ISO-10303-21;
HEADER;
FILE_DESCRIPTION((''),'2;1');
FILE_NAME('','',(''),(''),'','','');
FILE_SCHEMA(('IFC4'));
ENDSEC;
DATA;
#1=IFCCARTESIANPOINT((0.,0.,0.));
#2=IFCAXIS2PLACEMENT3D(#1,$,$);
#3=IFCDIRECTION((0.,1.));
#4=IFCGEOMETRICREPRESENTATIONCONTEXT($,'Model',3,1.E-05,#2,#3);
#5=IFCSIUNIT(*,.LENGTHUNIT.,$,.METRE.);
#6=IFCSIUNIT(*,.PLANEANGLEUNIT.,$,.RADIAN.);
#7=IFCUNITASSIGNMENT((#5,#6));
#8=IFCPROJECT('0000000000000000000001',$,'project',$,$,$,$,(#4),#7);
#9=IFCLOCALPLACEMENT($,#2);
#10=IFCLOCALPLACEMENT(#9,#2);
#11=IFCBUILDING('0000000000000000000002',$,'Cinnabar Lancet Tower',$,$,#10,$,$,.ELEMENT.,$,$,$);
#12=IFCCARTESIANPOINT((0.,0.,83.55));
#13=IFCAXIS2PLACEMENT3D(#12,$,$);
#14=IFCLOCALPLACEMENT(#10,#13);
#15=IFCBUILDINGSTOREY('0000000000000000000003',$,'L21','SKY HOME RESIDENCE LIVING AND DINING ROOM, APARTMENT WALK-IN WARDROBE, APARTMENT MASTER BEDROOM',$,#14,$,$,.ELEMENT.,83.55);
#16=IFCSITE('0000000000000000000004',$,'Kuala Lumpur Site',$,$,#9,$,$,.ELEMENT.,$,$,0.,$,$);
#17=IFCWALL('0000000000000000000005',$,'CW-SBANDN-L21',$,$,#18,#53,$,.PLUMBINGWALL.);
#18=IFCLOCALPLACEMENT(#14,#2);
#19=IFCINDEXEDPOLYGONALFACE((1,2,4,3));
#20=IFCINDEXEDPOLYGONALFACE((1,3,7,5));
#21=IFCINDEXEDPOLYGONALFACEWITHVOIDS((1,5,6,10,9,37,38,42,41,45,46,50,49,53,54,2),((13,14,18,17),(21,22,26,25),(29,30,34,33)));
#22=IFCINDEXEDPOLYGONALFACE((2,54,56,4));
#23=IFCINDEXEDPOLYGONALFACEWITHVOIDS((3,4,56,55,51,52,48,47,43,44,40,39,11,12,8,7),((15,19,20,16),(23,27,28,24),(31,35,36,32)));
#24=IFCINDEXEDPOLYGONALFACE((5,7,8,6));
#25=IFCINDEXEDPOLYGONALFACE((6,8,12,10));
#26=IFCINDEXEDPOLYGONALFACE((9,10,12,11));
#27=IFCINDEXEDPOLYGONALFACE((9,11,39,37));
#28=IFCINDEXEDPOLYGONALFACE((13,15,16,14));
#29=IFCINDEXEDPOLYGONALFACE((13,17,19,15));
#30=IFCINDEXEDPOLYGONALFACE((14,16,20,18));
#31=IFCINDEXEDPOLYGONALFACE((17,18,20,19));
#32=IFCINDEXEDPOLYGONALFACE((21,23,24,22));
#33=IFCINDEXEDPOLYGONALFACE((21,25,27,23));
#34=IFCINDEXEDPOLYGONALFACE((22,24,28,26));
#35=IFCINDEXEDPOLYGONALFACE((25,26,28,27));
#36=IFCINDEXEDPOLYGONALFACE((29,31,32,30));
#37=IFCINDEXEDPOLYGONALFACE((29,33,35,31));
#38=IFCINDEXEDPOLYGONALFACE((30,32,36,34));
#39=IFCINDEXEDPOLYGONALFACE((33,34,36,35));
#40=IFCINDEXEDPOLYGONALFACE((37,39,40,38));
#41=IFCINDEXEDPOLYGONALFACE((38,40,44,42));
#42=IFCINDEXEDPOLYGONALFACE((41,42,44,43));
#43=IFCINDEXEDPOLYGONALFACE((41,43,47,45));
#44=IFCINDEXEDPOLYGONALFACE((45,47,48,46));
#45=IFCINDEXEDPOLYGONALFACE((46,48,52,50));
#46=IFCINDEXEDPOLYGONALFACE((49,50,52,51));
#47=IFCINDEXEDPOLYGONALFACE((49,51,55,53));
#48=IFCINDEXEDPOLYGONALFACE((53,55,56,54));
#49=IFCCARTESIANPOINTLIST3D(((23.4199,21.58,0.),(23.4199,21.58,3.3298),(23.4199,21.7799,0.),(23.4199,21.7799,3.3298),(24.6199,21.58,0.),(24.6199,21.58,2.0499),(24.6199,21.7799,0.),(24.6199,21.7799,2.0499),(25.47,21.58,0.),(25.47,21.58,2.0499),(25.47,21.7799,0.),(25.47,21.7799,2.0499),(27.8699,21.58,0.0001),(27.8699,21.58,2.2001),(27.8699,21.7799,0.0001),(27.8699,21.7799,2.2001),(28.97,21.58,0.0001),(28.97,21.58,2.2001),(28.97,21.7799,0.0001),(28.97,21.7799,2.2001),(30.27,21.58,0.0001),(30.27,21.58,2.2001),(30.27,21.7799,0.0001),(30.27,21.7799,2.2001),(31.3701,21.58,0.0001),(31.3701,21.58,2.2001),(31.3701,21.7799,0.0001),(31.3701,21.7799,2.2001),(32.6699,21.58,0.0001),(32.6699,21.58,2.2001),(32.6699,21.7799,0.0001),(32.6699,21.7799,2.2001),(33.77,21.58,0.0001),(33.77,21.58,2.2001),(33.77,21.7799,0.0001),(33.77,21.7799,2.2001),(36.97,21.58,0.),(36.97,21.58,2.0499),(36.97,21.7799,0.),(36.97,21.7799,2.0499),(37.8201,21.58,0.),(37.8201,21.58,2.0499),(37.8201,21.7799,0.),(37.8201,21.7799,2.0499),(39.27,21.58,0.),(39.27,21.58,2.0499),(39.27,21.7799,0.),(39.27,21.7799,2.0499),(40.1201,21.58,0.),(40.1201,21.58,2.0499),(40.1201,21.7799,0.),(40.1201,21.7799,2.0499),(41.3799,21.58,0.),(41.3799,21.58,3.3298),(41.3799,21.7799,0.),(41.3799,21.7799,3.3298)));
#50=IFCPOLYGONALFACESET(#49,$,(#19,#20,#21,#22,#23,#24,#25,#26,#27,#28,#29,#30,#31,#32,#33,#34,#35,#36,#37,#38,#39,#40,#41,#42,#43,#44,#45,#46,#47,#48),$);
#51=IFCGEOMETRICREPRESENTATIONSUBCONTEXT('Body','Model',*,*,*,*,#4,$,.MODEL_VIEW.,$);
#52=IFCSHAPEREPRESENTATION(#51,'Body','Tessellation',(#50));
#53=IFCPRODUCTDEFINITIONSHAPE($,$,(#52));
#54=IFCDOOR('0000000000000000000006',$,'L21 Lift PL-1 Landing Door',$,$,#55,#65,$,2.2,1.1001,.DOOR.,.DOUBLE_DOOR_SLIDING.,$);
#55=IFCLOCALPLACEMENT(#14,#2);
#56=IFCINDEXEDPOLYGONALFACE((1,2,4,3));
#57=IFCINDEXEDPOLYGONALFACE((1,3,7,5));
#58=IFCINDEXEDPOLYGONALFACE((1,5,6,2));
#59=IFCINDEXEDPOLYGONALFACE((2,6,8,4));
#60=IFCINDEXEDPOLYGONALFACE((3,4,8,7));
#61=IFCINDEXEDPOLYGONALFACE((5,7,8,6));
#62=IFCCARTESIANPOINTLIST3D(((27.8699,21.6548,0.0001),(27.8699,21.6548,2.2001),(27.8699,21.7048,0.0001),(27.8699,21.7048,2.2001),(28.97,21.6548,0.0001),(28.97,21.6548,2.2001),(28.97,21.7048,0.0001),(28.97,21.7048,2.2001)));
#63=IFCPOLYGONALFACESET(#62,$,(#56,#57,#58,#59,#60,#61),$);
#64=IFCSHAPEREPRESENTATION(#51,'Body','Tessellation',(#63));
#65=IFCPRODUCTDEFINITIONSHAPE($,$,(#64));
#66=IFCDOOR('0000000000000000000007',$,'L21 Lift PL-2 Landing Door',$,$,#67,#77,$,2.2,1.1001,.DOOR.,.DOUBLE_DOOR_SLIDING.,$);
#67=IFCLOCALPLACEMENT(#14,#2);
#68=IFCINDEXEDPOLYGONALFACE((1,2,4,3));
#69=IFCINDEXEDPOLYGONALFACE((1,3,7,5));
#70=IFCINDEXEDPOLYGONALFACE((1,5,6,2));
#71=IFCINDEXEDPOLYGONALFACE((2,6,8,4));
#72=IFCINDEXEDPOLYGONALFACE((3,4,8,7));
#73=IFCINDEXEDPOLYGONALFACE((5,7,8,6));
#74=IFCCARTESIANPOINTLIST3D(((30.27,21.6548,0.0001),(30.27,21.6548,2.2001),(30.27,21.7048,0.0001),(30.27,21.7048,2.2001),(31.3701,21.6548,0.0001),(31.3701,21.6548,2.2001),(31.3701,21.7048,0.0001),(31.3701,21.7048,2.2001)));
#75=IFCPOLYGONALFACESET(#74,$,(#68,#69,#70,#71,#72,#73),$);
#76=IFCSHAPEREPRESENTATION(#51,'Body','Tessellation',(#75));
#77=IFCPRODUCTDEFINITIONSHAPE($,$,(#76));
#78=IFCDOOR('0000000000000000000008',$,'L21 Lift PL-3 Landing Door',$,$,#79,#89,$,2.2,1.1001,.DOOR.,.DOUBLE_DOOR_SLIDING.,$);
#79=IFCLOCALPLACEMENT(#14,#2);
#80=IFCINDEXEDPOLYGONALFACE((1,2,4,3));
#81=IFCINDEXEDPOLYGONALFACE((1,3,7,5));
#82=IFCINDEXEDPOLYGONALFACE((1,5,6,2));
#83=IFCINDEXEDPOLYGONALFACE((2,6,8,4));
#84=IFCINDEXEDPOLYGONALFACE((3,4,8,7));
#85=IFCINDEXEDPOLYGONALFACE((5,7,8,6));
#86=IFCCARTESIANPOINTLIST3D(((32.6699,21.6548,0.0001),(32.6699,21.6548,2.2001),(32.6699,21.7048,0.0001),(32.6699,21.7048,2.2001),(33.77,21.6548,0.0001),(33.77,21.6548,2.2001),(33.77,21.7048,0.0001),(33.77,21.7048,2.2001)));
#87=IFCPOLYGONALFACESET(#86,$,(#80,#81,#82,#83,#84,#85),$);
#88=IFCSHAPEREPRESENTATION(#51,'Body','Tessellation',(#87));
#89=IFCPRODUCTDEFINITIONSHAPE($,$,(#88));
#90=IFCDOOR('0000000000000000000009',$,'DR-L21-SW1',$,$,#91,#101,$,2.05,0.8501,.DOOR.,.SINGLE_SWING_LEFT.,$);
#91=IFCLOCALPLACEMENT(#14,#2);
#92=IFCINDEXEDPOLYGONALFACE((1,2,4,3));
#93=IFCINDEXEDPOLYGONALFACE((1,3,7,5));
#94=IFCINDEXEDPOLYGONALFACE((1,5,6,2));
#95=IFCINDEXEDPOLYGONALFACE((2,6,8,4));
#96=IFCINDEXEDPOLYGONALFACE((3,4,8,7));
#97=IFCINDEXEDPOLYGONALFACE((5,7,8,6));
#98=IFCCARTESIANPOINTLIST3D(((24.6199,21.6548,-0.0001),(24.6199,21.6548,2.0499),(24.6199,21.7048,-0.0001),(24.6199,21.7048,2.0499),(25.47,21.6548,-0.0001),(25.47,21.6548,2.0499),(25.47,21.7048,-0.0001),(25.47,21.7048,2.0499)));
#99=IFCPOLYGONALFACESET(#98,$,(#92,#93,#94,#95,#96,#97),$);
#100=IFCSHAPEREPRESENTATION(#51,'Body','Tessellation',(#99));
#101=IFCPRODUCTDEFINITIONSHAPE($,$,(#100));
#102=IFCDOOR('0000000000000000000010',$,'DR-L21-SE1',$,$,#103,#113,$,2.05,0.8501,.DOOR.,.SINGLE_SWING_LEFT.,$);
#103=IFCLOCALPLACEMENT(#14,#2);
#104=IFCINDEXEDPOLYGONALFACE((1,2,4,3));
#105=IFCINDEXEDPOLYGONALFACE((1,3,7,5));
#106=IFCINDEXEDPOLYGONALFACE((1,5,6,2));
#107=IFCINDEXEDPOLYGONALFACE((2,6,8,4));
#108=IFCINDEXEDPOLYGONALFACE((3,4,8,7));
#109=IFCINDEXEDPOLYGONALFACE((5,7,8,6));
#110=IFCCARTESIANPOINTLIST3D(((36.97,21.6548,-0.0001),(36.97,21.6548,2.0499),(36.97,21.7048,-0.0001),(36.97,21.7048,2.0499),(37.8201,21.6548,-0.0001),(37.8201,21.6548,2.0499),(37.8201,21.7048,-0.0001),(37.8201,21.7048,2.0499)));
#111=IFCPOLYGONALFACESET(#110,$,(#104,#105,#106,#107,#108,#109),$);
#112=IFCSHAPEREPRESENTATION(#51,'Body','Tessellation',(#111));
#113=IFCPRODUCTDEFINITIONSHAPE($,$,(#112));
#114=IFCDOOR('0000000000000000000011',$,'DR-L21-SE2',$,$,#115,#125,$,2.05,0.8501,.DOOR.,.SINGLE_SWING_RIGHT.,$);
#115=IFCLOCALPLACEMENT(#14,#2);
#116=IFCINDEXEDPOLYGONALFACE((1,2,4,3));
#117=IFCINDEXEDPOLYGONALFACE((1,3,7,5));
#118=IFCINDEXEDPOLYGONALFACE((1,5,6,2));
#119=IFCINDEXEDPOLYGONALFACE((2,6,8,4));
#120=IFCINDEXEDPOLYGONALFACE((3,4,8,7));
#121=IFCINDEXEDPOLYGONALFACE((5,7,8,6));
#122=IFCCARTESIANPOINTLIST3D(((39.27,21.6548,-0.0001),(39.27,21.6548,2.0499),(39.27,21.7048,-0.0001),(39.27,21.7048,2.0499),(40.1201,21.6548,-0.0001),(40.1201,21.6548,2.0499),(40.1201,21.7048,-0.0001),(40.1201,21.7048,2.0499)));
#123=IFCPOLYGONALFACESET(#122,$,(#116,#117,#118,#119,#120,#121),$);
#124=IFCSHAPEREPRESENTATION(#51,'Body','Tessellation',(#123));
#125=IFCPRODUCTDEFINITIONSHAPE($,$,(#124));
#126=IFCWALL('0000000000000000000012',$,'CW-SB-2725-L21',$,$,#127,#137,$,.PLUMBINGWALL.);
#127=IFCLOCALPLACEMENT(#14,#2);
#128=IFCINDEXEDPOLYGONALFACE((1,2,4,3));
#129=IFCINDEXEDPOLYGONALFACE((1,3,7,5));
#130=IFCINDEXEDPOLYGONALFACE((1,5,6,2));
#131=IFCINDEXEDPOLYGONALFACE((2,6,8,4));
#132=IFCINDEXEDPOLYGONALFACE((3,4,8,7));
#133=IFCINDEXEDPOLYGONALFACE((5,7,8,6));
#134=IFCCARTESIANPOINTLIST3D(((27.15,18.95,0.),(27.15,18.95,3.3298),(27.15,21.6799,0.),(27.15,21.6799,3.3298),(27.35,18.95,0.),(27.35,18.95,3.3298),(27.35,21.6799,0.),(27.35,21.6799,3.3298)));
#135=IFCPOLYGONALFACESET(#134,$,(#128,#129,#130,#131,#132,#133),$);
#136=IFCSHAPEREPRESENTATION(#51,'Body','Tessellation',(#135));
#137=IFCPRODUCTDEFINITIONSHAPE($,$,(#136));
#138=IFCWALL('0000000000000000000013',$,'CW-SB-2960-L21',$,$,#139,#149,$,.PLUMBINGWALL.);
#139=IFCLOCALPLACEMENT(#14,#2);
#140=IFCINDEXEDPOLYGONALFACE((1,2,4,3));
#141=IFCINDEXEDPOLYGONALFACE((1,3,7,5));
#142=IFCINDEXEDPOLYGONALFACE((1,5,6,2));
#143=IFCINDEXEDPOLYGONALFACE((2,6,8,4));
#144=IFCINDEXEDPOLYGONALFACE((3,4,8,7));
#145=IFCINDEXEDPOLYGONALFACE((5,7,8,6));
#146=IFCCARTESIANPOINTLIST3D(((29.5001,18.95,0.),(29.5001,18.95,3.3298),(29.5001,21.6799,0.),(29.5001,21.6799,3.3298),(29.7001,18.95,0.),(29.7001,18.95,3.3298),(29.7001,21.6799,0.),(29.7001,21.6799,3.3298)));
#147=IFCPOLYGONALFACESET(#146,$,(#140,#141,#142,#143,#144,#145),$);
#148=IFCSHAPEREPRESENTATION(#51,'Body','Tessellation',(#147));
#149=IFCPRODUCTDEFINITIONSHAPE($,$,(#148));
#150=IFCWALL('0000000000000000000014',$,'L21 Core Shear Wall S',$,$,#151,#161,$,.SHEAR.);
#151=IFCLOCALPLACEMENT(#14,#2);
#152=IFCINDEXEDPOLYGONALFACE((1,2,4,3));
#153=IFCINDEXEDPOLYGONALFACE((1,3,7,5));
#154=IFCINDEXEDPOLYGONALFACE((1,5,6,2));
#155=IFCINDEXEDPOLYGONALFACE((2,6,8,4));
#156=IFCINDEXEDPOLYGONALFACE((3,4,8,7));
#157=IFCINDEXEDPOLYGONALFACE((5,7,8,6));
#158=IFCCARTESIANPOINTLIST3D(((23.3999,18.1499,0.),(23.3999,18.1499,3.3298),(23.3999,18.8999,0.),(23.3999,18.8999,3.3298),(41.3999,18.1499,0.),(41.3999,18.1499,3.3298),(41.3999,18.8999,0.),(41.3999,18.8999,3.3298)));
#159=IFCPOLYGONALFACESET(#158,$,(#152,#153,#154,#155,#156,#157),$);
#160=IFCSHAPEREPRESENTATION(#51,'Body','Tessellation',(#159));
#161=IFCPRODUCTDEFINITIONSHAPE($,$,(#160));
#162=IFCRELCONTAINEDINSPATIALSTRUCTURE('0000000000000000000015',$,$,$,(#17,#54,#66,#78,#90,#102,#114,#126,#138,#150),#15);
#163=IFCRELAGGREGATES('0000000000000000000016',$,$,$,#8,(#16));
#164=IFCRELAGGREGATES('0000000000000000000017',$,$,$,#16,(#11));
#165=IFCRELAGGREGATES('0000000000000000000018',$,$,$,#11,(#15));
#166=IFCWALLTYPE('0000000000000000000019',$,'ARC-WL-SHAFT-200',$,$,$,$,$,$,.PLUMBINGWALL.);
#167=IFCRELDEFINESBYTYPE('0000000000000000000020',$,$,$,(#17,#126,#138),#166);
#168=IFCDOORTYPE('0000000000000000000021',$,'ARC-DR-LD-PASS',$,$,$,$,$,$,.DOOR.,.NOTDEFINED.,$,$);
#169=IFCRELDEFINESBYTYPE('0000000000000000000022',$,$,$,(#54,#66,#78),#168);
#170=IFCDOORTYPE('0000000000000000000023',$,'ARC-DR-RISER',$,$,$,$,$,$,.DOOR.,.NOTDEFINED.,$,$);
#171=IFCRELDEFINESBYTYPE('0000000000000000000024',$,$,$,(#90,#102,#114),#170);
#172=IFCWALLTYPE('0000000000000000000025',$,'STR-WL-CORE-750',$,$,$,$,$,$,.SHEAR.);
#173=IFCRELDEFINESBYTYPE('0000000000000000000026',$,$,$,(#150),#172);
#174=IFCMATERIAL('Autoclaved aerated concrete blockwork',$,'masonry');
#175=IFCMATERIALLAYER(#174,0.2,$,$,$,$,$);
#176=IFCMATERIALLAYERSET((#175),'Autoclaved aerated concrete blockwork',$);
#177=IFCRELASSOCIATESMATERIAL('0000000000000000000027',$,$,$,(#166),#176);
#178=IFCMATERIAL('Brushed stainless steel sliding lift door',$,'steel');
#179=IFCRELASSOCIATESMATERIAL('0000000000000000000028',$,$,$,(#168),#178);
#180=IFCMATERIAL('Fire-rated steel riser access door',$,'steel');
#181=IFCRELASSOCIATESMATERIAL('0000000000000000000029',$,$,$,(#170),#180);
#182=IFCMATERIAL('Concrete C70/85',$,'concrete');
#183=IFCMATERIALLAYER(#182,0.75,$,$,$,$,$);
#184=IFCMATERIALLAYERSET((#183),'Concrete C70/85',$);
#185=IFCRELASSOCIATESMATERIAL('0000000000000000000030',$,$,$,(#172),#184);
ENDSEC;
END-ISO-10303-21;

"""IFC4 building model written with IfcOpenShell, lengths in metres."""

from ifc_helpers import new_model, si_unit, direction, frame, frame_2d, origin, place, context, subcontext, project, spatial, rectangle, extrude, material, layer, layer_set, type_object, element, fill, save


model = new_model("IFC4")

# Units and contexts
model_context = context("Model", 3, precision=1e-05, world=origin(), true_north=direction((0.0, 1.0)))
body_context = subcontext(model_context, "Body", "Model", "MODEL_VIEW")
ifc_project = project(units=[si_unit("LENGTHUNIT", "METRE"), si_unit("PLANEANGLEUNIT", "RADIAN")], contexts=[model_context])

# Site, building, storey
site_placement = place(None, origin())
site = spatial("IfcSite", under=ifc_project, at=site_placement, Name="Kuala Lumpur Site", CompositionType="ELEMENT", RefElevation=0.0)
building_placement = place(site_placement, origin())
building = spatial("IfcBuilding", under=site, at=building_placement, Name="Cinnabar Lancet Tower", CompositionType="ELEMENT")
storey_placement = place(building_placement, frame((0.0, 0.0, 83.55)))
storey = spatial("IfcBuildingStorey", under=building, at=storey_placement, Name="L21", Description="SKY HOME RESIDENCE LIVING AND DINING ROOM, APARTMENT WALK-IN WARDROBE, APARTMENT MASTER BEDROOM", CompositionType="ELEMENT", Elevation=83.55)

# Shared definitions
ifc_material_1 = material(Name="Autoclaved aerated concrete blockwork", Category="masonry")
ifc_layer_1 = layer(ifc_material_1, 0.2)
ifc_layer_set_1 = layer_set([ifc_layer_1], Name="Autoclaved aerated concrete blockwork")
wall_type_1 = type_object("IfcWallType", Name="ARC-WL-SHAFT-200", PredefinedType="PLUMBINGWALL", material=ifc_layer_set_1)

# Wall, openings, doors
wall_1_placement = place(storey_placement, frame((23.4199, 21.6799, 0.0), z_axis=(0.0, 0.0, 1.0), x_axis=(1.0, 0.0, 0.0)))
wall_1 = element("IfcWall", 1, at=wall_1_placement, inside=storey, type_object=wall_type_1, Name="CW-SBANDN-L21", PredefinedType="PLUMBINGWALL", context=body_context, shape_type="SweptSolid", body=[
    extrude(rectangle(XDim=17.96, YDim=0.2, at=frame_2d((8.98, 0.0))), origin(), (0.0, 0.0, 1.0), 3.3298),
])
opening_1_placement = place(wall_1_placement, frame((4.45, 0.0, 0.0)))
opening_1 = element("IfcOpeningElement", 2, at=opening_1_placement, cuts=wall_1, PredefinedType="OPENING", context=body_context, shape_type="SweptSolid", body=[
    extrude(rectangle(XDim=1.1001, YDim=2.2, at=frame_2d((0.55, 1.1001))), frame((0.0, 0.1099, 0.0), z_axis=(0.0, -1.0, 0.0), x_axis=(1.0, 0.0, 0.0)), (0.0, 0.0, 1.0), 0.22),
])
opening_2_placement = place(wall_1_placement, frame((6.8501, 0.0, 0.0)))
opening_2 = element("IfcOpeningElement", 3, at=opening_2_placement, cuts=wall_1, PredefinedType="OPENING", context=body_context, shape_type="SweptSolid", body=[
    extrude(rectangle(XDim=1.1001, YDim=2.2, at=frame_2d((0.55, 1.1001))), frame((0.0, 0.1099, 0.0), z_axis=(0.0, -1.0, 0.0), x_axis=(1.0, 0.0, 0.0)), (0.0, 0.0, 1.0), 0.22),
])
opening_3_placement = place(wall_1_placement, frame((9.25, 0.0, 0.0)))
opening_3 = element("IfcOpeningElement", 4, at=opening_3_placement, cuts=wall_1, PredefinedType="OPENING", context=body_context, shape_type="SweptSolid", body=[
    extrude(rectangle(XDim=1.1001, YDim=2.2, at=frame_2d((0.55, 1.1001))), frame((0.0, 0.1099, 0.0), z_axis=(0.0, -1.0, 0.0), x_axis=(1.0, 0.0, 0.0)), (0.0, 0.0, 1.0), 0.22),
])
opening_4_placement = place(wall_1_placement, frame((1.2, 0.0, 0.0)))
opening_4 = element("IfcOpeningElement", 5, at=opening_4_placement, cuts=wall_1, PredefinedType="OPENING", context=body_context, shape_type="SweptSolid", body=[
    extrude(rectangle(XDim=0.8501, YDim=2.05, at=frame_2d((0.425, 1.0249))), frame((0.0, 0.1099, 0.0), z_axis=(0.0, -1.0, 0.0), x_axis=(1.0, 0.0, 0.0)), (0.0, 0.0, 1.0), 0.22),
])
opening_5_placement = place(wall_1_placement, frame((13.55, 0.0, 0.0)))
opening_5 = element("IfcOpeningElement", 6, at=opening_5_placement, cuts=wall_1, PredefinedType="OPENING", context=body_context, shape_type="SweptSolid", body=[
    extrude(rectangle(XDim=0.8501, YDim=2.05, at=frame_2d((0.425, 1.0249))), frame((0.0, 0.1099, 0.0), z_axis=(0.0, -1.0, 0.0), x_axis=(1.0, 0.0, 0.0)), (0.0, 0.0, 1.0), 0.22),
])
opening_6_placement = place(wall_1_placement, frame((15.8501, 0.0, 0.0)))
opening_6 = element("IfcOpeningElement", 7, at=opening_6_placement, cuts=wall_1, PredefinedType="OPENING", context=body_context, shape_type="SweptSolid", body=[
    extrude(rectangle(XDim=0.8501, YDim=2.05, at=frame_2d((0.425, 1.0249))), frame((0.0, 0.1099, 0.0), z_axis=(0.0, -1.0, 0.0), x_axis=(1.0, 0.0, 0.0)), (0.0, 0.0, 1.0), 0.22),
])
ifc_material_2 = material(Name="Brushed stainless steel sliding lift door", Category="steel")
door_type_1 = type_object("IfcDoorType", Name="ARC-DR-LD-PASS", OperationType="NOTDEFINED", PredefinedType="DOOR", material=ifc_material_2)
door_1_placement = place(opening_1_placement, origin())
door_1 = element("IfcDoor", 8, at=door_1_placement, inside=storey, type_object=door_type_1, Name="L21 Lift PL-1 Landing Door", OperationType="DOUBLE_DOOR_SLIDING", OverallHeight=2.2, OverallWidth=1.1001, PredefinedType="DOOR", context=body_context, shape_type="SweptSolid", body=[
    extrude(rectangle(XDim=1.1001, YDim=2.2, at=frame_2d((0.55, 1.1001))), frame((0.0, 0.0249, 0.0), z_axis=(0.0, -1.0, 0.0), x_axis=(1.0, 0.0, 0.0)), (0.0, 0.0, 1.0), 0.05),
])
fill(opening_1, door_1)
door_2_placement = place(opening_2_placement, origin())
door_2 = element("IfcDoor", 9, at=door_2_placement, inside=storey, type_object=door_type_1, Name="L21 Lift PL-2 Landing Door", OperationType="DOUBLE_DOOR_SLIDING", OverallHeight=2.2, OverallWidth=1.1001, PredefinedType="DOOR", context=body_context, shape_type="SweptSolid", body=[
    extrude(rectangle(XDim=1.1001, YDim=2.2, at=frame_2d((0.55, 1.1001))), frame((0.0, 0.0249, 0.0), z_axis=(0.0, -1.0, 0.0), x_axis=(1.0, 0.0, 0.0)), (0.0, 0.0, 1.0), 0.05),
])
fill(opening_2, door_2)
door_3_placement = place(opening_3_placement, origin())
door_3 = element("IfcDoor", 10, at=door_3_placement, inside=storey, type_object=door_type_1, Name="L21 Lift PL-3 Landing Door", OperationType="DOUBLE_DOOR_SLIDING", OverallHeight=2.2, OverallWidth=1.1001, PredefinedType="DOOR", context=body_context, shape_type="SweptSolid", body=[
    extrude(rectangle(XDim=1.1001, YDim=2.2, at=frame_2d((0.55, 1.1001))), frame((0.0, 0.0249, 0.0), z_axis=(0.0, -1.0, 0.0), x_axis=(1.0, 0.0, 0.0)), (0.0, 0.0, 1.0), 0.05),
])
fill(opening_3, door_3)
ifc_material_3 = material(Name="Fire-rated steel riser access door", Category="steel")
door_type_2 = type_object("IfcDoorType", Name="ARC-DR-RISER", OperationType="NOTDEFINED", PredefinedType="DOOR", material=ifc_material_3)
door_4_placement = place(opening_4_placement, origin())
door_4 = element("IfcDoor", 11, at=door_4_placement, inside=storey, type_object=door_type_2, Name="DR-L21-SW1", OperationType="SINGLE_SWING_LEFT", OverallHeight=2.05, OverallWidth=0.8501, PredefinedType="DOOR", context=body_context, shape_type="SweptSolid", body=[
    extrude(rectangle(XDim=0.8501, YDim=2.05, at=frame_2d((0.425, 1.0249))), frame((0.0, 0.0249, 0.0), z_axis=(0.0, -1.0, 0.0), x_axis=(1.0, 0.0, 0.0)), (0.0, 0.0, 1.0), 0.05),
])
fill(opening_4, door_4)
door_5_placement = place(opening_5_placement, origin())
door_5 = element("IfcDoor", 12, at=door_5_placement, inside=storey, type_object=door_type_2, Name="DR-L21-SE1", OperationType="SINGLE_SWING_LEFT", OverallHeight=2.05, OverallWidth=0.8501, PredefinedType="DOOR", context=body_context, shape_type="SweptSolid", body=[
    extrude(rectangle(XDim=0.8501, YDim=2.05, at=frame_2d((0.425, 1.0249))), frame((0.0, 0.0249, 0.0), z_axis=(0.0, -1.0, 0.0), x_axis=(1.0, 0.0, 0.0)), (0.0, 0.0, 1.0), 0.05),
])
fill(opening_5, door_5)
door_6_placement = place(opening_6_placement, origin())
door_6 = element("IfcDoor", 13, at=door_6_placement, inside=storey, type_object=door_type_2, Name="DR-L21-SE2", OperationType="SINGLE_SWING_RIGHT", OverallHeight=2.05, OverallWidth=0.8501, PredefinedType="DOOR", context=body_context, shape_type="SweptSolid", body=[
    extrude(rectangle(XDim=0.8501, YDim=2.05, at=frame_2d((0.425, 1.0249))), frame((0.0, 0.0249, 0.0), z_axis=(0.0, -1.0, 0.0), x_axis=(1.0, 0.0, 0.0)), (0.0, 0.0, 1.0), 0.05),
])
fill(opening_6, door_6)

# Walls
for number, where, z_axis, x_axis, name in (
    (14, (27.25, 18.95, 0.0), (0.0, 0.0, 1.0), (0.0, 1.0, 0.0), "CW-SB-2725-L21"),
    (15, (29.6001, 18.95, 0.0), (0.0, 0.0, 1.0), (0.0, 1.0, 0.0), "CW-SB-2960-L21"),
):
    element("IfcWall", number, at=place(storey_placement, frame(where, z_axis=z_axis, x_axis=x_axis)), inside=storey, type_object=wall_type_1, Name=name, PredefinedType="PLUMBINGWALL", context=body_context, shape_type="SweptSolid", body=[
        extrude(rectangle(XDim=2.73, YDim=0.2, at=frame_2d((1.365, 0.0))), origin(), (0.0, 0.0, 1.0), 3.3298),
    ])
ifc_material_4 = material(Name="Concrete C70/85", Category="concrete")
ifc_layer_2 = layer(ifc_material_4, 0.75)
ifc_layer_set_2 = layer_set([ifc_layer_2], Name="Concrete C70/85")
wall_type_2 = type_object("IfcWallType", Name="STR-WL-CORE-750", PredefinedType="SHEAR", material=ifc_layer_set_2)
wall_2_placement = place(storey_placement, frame((23.3999, 18.5249, 0.0), z_axis=(0.0, 0.0, 1.0), x_axis=(1.0, 0.0, 0.0)))
element("IfcWall", 16, at=wall_2_placement, inside=storey, type_object=wall_type_2, Name="L21 Core Shear Wall S", PredefinedType="SHEAR", context=body_context, shape_type="SweptSolid", body=[
    extrude(rectangle(XDim=18.0, YDim=0.75, at=frame_2d((9.0, 0.0))), origin(), (0.0, 0.0, 1.0), 3.3298),
])

save(model, "model.ifc")
